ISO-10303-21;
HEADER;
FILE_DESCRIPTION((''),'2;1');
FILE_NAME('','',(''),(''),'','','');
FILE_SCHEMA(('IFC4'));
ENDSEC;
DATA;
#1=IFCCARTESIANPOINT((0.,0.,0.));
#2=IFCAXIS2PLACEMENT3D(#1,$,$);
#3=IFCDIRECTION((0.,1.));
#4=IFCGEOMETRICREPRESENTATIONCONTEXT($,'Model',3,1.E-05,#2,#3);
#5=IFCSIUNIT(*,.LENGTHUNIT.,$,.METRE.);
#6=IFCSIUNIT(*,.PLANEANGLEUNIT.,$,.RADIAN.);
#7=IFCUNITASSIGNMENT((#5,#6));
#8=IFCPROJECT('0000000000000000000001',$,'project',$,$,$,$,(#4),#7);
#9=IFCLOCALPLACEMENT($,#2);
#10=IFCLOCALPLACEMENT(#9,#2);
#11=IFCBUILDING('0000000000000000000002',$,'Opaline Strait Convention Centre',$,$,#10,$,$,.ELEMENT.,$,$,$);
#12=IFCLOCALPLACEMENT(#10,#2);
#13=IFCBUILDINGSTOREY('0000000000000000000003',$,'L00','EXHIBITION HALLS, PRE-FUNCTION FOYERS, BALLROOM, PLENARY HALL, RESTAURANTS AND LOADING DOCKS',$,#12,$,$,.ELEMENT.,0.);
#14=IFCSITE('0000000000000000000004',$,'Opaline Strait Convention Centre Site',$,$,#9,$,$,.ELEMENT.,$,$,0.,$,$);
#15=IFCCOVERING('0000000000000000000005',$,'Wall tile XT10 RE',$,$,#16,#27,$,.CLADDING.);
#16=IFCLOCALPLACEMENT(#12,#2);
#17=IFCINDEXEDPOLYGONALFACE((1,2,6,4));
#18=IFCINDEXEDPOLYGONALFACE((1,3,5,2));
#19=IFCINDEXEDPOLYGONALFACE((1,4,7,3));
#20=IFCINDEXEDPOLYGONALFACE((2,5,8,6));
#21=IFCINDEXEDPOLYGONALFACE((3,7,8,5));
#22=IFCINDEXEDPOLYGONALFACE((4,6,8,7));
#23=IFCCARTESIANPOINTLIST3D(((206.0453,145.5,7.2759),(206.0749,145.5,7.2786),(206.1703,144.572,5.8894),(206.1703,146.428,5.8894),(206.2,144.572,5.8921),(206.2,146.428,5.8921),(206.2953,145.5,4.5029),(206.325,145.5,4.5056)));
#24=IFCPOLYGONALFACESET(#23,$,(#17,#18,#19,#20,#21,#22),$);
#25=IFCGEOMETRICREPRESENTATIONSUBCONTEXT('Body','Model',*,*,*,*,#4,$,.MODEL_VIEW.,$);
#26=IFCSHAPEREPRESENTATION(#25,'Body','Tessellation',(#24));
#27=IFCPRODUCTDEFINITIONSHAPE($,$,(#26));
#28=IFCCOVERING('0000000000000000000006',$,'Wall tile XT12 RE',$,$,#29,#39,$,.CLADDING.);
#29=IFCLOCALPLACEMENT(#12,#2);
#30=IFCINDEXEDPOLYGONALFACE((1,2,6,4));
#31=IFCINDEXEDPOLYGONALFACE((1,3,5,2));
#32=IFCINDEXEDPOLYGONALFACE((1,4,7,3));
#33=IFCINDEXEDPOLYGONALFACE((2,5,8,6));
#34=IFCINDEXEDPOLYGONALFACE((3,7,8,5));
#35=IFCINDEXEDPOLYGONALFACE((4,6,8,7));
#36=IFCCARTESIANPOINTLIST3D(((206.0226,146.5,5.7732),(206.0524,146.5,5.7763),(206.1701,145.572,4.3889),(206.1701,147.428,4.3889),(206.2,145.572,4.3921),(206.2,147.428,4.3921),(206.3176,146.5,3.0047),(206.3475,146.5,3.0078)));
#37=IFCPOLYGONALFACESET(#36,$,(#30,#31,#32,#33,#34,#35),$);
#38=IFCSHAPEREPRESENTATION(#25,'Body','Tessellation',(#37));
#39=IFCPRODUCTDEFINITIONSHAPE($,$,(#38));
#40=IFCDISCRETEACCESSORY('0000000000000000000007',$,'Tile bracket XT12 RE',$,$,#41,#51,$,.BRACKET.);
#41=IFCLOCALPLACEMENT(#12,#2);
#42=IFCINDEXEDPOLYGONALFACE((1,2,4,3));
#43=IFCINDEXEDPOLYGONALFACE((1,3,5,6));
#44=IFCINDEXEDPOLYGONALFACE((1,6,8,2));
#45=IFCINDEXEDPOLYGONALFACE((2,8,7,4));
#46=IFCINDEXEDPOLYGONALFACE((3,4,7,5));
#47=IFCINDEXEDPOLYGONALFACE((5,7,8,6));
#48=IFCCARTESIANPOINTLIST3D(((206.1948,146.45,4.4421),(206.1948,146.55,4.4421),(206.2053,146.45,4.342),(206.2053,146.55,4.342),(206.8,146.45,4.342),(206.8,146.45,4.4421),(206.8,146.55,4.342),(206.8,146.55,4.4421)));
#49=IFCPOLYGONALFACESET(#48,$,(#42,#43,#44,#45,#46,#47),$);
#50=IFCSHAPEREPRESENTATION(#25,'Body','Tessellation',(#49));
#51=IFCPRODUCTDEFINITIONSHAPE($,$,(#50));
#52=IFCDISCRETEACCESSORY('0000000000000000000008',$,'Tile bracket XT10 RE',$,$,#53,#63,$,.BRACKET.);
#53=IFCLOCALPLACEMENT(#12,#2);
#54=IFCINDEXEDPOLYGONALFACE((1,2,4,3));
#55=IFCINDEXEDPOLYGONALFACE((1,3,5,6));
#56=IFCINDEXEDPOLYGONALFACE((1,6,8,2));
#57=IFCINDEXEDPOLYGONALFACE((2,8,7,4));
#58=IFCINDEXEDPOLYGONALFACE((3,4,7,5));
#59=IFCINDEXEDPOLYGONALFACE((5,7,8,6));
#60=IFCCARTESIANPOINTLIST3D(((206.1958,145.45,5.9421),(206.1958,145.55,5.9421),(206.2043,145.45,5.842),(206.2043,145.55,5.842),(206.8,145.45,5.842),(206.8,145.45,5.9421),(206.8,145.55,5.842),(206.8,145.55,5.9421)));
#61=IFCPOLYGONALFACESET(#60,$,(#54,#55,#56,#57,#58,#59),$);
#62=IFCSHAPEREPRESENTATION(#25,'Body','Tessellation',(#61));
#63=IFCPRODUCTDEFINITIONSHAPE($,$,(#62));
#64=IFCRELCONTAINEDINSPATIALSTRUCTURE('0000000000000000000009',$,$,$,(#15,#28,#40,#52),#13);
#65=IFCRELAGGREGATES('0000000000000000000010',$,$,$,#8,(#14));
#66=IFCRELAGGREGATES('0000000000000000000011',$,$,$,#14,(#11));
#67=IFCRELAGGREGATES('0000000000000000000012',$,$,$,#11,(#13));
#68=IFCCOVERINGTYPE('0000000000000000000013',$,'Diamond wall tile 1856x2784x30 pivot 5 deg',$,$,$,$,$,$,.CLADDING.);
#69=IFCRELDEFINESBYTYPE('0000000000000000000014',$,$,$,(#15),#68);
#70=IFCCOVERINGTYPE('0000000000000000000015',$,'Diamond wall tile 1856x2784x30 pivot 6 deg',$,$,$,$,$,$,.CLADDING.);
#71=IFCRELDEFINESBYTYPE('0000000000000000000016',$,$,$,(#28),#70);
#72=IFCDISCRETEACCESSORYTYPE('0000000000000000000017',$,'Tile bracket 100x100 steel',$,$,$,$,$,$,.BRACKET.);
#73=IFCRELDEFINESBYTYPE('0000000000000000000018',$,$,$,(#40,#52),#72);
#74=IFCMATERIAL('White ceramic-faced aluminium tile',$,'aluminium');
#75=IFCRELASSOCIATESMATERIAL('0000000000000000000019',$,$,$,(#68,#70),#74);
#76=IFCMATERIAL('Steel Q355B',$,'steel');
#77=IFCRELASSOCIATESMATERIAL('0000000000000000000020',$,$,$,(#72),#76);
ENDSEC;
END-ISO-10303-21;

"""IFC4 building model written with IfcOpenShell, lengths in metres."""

from ifc_helpers import new_model, si_unit, direction, frame, origin, place, context, subcontext, project, spatial, polyline, outline, extrude, material, material_profile, profile_set, type_object, element, save


model = new_model("IFC4")

# Units and contexts
model_context = context("Model", 3, precision=1e-05, world=origin(), true_north=direction((0.0, 1.0)))
body_context = subcontext(model_context, "Body", "Model", "MODEL_VIEW")
ifc_project = project(units=[si_unit("LENGTHUNIT", "METRE"), si_unit("PLANEANGLEUNIT", "RADIAN")], contexts=[model_context])

# Site, building, storey
site_placement = place(None, origin())
site = spatial("IfcSite", under=ifc_project, at=site_placement, Name="Opaline Strait Convention Centre Site", CompositionType="ELEMENT", RefElevation=0.0)
building_placement = place(site_placement, origin())
building = spatial("IfcBuilding", under=site, at=building_placement, Name="Opaline Strait Convention Centre", CompositionType="ELEMENT")
storey_placement = place(building_placement, origin())
storey = spatial("IfcBuildingStorey", under=building, at=storey_placement, Name="L00", Description="EXHIBITION HALLS, PRE-FUNCTION FOYERS, BALLROOM, PLENARY HALL, RESTAURANTS AND LOADING DOCKS", CompositionType="ELEMENT", Elevation=0.0)

# Coverings
ifc_material_1 = material(Name="White ceramic-faced aluminium tile", Category="aluminium")
ifc_material_profile_1 = material_profile(ifc_material_1, outline(polyline([(0.928, 0.0), (0.0, 1.3921), (-0.928, 0.0), (0.0, -1.3921), (0.928, 0.0)])), Name="Diamond tile 1856x2784")
ifc_profile_set_1 = profile_set([ifc_material_profile_1], Name="White ceramic-faced aluminium tile")
covering_type_1 = type_object("IfcCoveringType", Name="Diamond wall tile 1856x2784x30 pivot 5 deg", PredefinedType="CLADDING", material=ifc_profile_set_1)
covering_1_placement = place(storey_placement, frame((206.2, 145.5, 5.8921), z_axis=(-0.99596, 0.0, -0.0898), x_axis=(0.0, -1.0, 0.0)))
element("IfcCovering", 1, at=covering_1_placement, inside=storey, type_object=covering_type_1, Name="Wall tile XT10 RE", PredefinedType="CLADDING", context=body_context, shape_type="SweptSolid", body=[
    extrude(outline(polyline([(0.928, 0.0), (0.0, 1.3921), (-0.928, 0.0), (0.0, -1.3921), (0.928, 0.0)])), origin(), (0.0, 0.0, 1.0), 0.0298),
])
ifc_material_profile_2 = material_profile(ifc_material_1, outline(polyline([(0.928, 0.0), (0.0, 1.3921), (-0.928, 0.0), (0.0, -1.3921), (0.928, 0.0)])), Name="Diamond tile 1856x2784")
ifc_profile_set_2 = profile_set([ifc_material_profile_2], Name="White ceramic-faced aluminium tile")
covering_type_2 = type_object("IfcCoveringType", Name="Diamond wall tile 1856x2784x30 pivot 6 deg", PredefinedType="CLADDING", material=ifc_profile_set_2)
covering_2_placement = place(storey_placement, frame((206.2, 146.5, 4.3921), z_axis=(-0.994371, 0.0, -0.105958), x_axis=(0.0, -1.0, 0.0)))
element("IfcCovering", 2, at=covering_2_placement, inside=storey, type_object=covering_type_2, Name="Wall tile XT12 RE", PredefinedType="CLADDING", context=body_context, shape_type="SweptSolid", body=[
    extrude(outline(polyline([(0.928, 0.0), (0.0, 1.3921), (-0.928, 0.0), (0.0, -1.3921), (0.928, 0.0)])), origin(), (0.0, 0.0, 1.0), 0.03),
])

# Discrete accessories
ifc_material_2 = material(Name="Steel Q355B", Category="steel")
discrete_accessory_type = type_object("IfcDiscreteAccessoryType", Name="Tile bracket 100x100 steel", PredefinedType="BRACKET", material=ifc_material_2)
discrete_accessory_1_placement = place(storey_placement, frame((206.8, 146.55, 4.3921), z_axis=(0.0, -1.0, 0.0), x_axis=(1.0, 0.0, 0.0)))
element("IfcDiscreteAccessory", 3, at=discrete_accessory_1_placement, inside=storey, type_object=discrete_accessory_type, Name="Tile bracket XT12 RE", PredefinedType="BRACKET", context=body_context, shape_type="SweptSolid", body=[
    extrude(outline(polyline([(0.0, -0.05), (0.0, 0.05), (-0.6052, 0.05), (-0.5947, -0.05), (0.0, -0.05)])), origin(), (0.0, 0.0, 1.0), 0.1001),
])
discrete_accessory_2_placement = place(storey_placement, frame((206.8, 145.55, 5.8921), z_axis=(0.0, -1.0, 0.0), x_axis=(1.0, 0.0, 0.0)))
element("IfcDiscreteAccessory", 4, at=discrete_accessory_2_placement, inside=storey, type_object=discrete_accessory_type, Name="Tile bracket XT10 RE", PredefinedType="BRACKET", context=body_context, shape_type="SweptSolid", body=[
    extrude(outline(polyline([(0.0, -0.05), (0.0, 0.05), (-0.6042, 0.05), (-0.5957, -0.05), (0.0, -0.05)])), origin(), (0.0, 0.0, 1.0), 0.1001),
])

save(model, "model.ifc")
